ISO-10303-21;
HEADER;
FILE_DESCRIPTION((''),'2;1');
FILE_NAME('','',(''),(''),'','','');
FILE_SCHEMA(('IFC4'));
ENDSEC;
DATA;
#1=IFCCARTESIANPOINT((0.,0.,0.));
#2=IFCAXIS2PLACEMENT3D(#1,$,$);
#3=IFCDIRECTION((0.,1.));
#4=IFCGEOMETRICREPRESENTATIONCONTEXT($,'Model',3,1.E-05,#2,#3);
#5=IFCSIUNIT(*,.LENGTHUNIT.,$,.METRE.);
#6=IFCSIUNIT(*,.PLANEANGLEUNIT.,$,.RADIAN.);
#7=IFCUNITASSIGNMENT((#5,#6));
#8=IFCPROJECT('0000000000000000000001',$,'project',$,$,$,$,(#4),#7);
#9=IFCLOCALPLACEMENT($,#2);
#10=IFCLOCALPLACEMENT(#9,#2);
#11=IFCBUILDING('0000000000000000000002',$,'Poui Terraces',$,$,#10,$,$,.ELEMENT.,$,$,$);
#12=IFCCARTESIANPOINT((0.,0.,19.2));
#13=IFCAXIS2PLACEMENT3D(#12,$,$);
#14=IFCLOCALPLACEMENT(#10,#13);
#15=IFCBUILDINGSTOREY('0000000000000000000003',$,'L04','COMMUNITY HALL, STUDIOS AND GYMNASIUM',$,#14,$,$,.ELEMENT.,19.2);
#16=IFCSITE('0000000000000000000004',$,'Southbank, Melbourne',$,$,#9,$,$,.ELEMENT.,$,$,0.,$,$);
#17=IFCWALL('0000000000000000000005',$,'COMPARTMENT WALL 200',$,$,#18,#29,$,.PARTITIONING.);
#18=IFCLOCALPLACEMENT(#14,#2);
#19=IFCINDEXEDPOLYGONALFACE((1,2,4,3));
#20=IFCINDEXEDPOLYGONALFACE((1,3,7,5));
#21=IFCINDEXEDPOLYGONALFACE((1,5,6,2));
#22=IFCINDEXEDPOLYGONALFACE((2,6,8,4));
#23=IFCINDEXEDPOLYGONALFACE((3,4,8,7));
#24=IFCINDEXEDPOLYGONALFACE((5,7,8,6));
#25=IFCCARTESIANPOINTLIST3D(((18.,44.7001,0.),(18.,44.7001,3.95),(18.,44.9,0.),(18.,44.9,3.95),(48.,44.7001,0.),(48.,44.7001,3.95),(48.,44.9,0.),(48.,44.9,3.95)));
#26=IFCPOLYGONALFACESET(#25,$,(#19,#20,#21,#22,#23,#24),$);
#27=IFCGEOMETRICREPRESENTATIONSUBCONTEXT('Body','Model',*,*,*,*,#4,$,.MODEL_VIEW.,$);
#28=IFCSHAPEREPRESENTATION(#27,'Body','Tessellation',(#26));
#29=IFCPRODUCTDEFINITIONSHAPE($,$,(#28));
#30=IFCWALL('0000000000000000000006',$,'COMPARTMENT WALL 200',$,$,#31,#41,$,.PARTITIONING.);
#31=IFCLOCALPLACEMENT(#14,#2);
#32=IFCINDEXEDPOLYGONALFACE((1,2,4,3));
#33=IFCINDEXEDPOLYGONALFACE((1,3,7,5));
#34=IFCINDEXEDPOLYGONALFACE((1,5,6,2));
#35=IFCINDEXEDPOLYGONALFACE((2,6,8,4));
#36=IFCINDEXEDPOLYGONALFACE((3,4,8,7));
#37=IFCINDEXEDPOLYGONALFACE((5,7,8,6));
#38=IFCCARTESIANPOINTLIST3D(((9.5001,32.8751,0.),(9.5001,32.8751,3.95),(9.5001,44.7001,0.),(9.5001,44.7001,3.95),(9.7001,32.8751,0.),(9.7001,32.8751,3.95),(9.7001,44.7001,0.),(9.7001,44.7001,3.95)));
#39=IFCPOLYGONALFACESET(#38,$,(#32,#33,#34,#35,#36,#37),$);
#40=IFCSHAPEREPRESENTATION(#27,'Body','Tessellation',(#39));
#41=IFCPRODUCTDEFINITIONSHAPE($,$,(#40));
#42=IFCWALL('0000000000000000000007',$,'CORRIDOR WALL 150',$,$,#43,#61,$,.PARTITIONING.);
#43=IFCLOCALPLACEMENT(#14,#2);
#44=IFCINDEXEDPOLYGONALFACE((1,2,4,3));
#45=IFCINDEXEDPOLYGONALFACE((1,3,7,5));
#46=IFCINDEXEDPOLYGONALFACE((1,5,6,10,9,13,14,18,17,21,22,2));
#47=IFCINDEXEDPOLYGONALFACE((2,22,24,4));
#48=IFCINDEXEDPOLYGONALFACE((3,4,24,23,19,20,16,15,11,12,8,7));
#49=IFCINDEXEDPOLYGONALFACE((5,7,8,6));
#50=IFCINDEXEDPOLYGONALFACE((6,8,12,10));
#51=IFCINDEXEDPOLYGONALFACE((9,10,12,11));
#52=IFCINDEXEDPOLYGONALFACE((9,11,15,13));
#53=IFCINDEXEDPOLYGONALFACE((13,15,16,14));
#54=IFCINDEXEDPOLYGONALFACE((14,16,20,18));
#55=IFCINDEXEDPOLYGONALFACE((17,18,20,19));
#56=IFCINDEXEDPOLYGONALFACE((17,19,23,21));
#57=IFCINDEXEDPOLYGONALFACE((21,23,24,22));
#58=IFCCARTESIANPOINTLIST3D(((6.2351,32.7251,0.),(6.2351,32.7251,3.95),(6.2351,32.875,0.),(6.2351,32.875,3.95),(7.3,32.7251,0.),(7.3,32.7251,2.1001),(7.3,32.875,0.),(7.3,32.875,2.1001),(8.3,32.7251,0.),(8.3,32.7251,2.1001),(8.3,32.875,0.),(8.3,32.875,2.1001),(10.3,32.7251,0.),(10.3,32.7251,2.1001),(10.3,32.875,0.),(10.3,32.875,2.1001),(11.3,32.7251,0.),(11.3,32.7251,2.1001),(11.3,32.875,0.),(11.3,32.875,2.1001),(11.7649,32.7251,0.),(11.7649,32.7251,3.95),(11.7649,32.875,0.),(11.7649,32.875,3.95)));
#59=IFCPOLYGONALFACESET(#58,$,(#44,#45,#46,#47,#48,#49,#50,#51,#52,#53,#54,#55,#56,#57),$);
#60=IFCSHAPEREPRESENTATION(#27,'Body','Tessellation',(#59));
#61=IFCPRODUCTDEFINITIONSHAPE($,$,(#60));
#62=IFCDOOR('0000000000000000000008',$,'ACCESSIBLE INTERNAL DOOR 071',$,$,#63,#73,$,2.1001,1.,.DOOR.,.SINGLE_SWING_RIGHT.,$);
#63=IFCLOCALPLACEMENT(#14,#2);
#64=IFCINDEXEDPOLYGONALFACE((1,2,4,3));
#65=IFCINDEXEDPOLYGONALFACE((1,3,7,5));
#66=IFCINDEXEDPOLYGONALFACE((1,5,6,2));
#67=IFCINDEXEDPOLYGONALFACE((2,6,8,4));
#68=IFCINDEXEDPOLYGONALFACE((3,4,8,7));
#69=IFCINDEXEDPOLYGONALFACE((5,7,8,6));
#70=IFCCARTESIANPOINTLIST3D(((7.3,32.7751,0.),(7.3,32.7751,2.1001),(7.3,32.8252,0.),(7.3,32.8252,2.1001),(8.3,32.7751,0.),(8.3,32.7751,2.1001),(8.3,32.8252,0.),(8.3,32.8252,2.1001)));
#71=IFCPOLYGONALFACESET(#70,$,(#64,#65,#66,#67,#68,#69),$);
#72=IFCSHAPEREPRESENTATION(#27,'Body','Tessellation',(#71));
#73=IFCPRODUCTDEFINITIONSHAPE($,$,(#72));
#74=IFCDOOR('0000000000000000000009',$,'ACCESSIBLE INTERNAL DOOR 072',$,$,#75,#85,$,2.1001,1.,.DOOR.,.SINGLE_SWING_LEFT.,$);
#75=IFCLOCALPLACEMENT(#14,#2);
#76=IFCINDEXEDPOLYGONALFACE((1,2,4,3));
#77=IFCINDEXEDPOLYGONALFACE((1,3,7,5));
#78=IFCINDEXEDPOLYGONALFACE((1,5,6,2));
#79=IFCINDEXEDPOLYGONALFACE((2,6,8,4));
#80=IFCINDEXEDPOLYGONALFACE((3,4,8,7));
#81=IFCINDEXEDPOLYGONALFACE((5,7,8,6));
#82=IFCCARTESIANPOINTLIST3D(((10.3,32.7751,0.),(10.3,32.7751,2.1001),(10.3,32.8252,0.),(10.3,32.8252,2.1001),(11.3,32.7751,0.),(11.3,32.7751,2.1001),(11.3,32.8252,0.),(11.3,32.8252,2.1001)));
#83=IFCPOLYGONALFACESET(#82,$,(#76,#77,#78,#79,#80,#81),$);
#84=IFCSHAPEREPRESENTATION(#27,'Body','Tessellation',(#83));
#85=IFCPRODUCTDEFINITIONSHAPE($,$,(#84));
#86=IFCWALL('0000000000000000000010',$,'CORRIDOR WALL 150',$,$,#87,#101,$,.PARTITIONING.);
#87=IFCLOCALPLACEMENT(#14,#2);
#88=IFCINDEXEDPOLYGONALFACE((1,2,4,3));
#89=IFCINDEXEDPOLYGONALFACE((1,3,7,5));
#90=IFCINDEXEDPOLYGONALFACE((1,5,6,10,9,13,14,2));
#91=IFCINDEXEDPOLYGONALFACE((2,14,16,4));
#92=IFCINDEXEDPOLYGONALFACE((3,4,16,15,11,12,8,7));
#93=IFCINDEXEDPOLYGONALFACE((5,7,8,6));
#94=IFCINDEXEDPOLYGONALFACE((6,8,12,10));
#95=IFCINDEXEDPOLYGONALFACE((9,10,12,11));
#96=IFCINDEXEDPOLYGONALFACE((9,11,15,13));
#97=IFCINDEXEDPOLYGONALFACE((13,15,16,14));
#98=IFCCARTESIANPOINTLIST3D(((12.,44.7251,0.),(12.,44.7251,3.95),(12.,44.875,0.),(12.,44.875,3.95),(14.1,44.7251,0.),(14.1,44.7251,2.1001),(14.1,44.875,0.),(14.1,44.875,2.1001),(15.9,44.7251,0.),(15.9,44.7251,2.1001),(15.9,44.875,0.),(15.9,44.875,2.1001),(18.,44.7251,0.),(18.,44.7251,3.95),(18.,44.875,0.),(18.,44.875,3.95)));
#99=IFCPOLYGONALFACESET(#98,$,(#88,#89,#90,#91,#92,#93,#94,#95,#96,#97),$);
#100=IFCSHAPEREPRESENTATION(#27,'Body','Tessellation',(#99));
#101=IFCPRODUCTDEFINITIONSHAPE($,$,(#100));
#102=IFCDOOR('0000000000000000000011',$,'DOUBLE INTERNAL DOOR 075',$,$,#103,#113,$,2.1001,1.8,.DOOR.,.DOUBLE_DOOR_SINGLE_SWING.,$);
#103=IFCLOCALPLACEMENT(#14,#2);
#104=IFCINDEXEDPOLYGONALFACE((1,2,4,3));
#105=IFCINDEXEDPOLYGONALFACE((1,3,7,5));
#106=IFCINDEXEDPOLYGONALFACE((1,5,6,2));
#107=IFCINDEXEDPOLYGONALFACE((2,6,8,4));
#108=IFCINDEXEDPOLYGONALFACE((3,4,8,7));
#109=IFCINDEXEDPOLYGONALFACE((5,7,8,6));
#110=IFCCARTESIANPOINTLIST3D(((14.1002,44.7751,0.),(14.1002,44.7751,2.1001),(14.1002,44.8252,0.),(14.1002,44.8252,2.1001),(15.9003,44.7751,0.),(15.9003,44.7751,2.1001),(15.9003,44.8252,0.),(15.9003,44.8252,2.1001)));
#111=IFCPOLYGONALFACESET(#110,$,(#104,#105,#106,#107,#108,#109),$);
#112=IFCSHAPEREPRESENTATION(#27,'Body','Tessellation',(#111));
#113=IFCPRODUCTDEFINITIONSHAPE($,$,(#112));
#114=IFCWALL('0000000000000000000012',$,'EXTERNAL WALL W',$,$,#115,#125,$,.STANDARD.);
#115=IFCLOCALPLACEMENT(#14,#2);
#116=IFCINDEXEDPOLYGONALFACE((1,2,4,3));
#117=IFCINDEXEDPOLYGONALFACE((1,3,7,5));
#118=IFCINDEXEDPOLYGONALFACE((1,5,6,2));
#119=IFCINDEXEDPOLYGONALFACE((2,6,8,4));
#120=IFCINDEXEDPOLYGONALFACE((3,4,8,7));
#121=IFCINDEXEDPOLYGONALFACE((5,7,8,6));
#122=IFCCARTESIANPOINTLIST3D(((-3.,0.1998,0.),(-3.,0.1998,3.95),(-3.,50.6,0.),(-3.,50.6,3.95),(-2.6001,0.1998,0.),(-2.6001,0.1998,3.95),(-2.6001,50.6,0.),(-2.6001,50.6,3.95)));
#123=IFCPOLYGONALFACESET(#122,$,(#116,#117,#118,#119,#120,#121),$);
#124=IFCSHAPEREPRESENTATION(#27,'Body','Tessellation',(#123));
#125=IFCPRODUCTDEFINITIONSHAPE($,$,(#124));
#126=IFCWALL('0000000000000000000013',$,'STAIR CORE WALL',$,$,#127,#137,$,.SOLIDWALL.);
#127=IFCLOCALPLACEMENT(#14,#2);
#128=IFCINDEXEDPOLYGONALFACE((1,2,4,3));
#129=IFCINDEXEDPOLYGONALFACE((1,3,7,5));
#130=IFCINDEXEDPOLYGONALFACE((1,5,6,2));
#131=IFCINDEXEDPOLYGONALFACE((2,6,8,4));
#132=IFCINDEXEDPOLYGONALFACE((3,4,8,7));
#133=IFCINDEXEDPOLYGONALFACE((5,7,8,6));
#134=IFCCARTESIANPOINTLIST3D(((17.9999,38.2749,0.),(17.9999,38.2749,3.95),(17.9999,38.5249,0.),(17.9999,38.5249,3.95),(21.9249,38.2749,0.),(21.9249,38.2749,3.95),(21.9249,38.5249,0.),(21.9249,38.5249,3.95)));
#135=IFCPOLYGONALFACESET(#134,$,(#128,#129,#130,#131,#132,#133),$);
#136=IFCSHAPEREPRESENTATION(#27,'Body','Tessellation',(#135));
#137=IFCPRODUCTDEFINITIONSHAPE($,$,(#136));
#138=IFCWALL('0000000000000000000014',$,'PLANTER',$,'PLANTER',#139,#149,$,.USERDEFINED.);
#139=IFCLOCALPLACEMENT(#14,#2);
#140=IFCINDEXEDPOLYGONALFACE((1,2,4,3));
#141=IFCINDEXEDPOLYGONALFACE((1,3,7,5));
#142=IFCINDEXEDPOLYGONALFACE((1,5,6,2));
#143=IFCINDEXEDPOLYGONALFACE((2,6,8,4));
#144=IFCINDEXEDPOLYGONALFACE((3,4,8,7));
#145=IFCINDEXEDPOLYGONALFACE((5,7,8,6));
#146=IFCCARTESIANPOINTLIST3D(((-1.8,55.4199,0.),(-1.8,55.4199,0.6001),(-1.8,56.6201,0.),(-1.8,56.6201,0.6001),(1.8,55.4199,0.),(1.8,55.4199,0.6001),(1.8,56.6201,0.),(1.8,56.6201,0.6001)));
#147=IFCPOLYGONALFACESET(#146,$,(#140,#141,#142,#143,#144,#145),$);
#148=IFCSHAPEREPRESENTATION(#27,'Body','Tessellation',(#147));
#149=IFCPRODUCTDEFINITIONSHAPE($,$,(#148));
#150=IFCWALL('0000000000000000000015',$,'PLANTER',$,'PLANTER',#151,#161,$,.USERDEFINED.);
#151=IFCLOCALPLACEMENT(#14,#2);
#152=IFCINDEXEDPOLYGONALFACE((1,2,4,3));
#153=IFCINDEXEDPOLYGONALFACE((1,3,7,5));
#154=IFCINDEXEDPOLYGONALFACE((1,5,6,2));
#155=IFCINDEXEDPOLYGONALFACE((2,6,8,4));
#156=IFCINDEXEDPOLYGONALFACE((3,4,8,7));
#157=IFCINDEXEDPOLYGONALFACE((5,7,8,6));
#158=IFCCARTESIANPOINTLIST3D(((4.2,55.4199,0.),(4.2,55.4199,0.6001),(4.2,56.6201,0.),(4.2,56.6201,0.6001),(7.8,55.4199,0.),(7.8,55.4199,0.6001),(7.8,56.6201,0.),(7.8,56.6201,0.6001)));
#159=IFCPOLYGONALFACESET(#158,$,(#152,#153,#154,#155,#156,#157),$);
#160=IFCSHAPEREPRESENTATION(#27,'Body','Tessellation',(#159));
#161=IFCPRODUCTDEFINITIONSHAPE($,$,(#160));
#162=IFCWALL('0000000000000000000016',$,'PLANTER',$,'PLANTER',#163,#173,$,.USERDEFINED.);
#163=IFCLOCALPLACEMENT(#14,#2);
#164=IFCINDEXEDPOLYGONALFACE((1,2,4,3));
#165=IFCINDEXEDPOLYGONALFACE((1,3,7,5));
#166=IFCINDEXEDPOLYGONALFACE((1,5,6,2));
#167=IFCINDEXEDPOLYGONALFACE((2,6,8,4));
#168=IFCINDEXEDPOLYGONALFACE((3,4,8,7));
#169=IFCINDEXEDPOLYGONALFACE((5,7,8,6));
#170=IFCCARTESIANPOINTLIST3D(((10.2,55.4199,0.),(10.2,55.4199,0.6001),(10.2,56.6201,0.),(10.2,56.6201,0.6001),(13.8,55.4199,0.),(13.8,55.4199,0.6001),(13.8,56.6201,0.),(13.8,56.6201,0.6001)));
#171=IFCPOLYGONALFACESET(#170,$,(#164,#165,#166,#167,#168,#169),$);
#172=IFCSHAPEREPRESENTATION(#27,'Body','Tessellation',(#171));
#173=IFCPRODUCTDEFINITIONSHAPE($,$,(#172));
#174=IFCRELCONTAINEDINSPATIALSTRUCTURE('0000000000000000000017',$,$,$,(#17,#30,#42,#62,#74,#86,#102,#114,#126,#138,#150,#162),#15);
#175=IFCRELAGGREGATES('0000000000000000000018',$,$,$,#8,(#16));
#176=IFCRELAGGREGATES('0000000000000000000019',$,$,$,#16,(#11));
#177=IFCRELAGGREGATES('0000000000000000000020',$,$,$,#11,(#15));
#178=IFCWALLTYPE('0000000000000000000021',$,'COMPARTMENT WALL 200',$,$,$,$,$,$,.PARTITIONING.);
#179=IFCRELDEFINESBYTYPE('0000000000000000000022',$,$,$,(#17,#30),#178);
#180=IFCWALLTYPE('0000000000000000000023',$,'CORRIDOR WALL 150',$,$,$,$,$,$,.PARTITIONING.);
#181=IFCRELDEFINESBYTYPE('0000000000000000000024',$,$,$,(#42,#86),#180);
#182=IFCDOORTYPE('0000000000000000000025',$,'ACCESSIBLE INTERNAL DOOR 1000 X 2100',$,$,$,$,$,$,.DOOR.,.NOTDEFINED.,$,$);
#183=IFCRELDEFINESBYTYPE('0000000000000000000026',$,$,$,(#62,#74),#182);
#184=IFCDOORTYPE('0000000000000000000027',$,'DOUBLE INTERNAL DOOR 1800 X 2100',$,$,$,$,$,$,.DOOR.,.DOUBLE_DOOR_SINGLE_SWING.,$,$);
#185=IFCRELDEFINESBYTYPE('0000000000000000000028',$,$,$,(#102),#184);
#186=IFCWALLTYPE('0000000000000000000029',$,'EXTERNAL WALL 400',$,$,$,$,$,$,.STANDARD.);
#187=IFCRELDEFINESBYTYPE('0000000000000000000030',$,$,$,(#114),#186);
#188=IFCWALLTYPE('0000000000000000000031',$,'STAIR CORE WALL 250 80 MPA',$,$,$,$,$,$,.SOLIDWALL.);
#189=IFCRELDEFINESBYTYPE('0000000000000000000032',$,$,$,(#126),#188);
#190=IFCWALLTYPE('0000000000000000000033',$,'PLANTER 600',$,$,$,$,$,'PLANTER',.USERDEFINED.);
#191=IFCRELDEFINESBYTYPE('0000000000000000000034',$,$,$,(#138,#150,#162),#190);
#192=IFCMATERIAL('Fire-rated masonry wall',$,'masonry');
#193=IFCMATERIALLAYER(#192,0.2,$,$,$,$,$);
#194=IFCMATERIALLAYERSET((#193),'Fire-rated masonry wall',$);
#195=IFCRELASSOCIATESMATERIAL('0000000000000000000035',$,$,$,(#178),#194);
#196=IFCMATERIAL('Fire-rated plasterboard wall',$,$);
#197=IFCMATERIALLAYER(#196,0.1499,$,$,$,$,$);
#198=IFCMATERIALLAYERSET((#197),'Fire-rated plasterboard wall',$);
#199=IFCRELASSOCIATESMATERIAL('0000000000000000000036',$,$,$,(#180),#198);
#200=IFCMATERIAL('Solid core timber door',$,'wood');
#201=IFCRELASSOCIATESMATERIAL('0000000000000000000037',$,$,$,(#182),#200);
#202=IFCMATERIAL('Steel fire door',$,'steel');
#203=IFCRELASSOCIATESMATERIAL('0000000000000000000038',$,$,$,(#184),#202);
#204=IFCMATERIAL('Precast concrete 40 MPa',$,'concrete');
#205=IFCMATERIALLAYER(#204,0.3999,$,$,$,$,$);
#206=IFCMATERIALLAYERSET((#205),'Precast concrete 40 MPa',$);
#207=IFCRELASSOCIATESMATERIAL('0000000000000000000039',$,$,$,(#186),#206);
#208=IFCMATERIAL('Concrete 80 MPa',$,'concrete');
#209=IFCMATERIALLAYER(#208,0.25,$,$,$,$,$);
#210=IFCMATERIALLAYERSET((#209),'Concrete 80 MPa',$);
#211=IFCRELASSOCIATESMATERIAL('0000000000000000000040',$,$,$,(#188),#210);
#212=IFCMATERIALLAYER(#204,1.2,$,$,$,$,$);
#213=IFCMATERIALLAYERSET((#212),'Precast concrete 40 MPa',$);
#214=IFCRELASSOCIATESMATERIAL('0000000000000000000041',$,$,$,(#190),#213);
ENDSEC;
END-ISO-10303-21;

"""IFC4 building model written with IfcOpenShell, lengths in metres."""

from ifc_helpers import new_model, si_unit, direction, frame, frame_2d, origin, place, context, subcontext, project, spatial, polyline, rectangle, outline, extrude, source, transform, mapped, material, layer, layer_set, type_object, element, fill, save


model = new_model("IFC4")

# Units and contexts
model_context = context("Model", 3, precision=1e-05, world=origin(), true_north=direction((0.0, 1.0)))
body_context = subcontext(model_context, "Body", "Model", "MODEL_VIEW")
ifc_project = project(units=[si_unit("LENGTHUNIT", "METRE"), si_unit("PLANEANGLEUNIT", "RADIAN")], contexts=[model_context])

# Site, building, storey
site_placement = place(None, origin())
site = spatial("IfcSite", under=ifc_project, at=site_placement, Name="Southbank, Melbourne", CompositionType="ELEMENT", RefElevation=0.0)
building_placement = place(site_placement, origin())
building = spatial("IfcBuilding", under=site, at=building_placement, Name="Poui Terraces", CompositionType="ELEMENT")
storey_placement = place(building_placement, frame((0.0, 0.0, 19.2)))
storey = spatial("IfcBuildingStorey", under=building, at=storey_placement, Name="L04", Description="COMMUNITY HALL, STUDIOS AND GYMNASIUM", CompositionType="ELEMENT", Elevation=19.2)

# Shared definitions
ifc_material_1 = material(Name="Concrete 80 MPa", Category="concrete")

# Walls
ifc_material_2 = material(Name="Fire-rated masonry wall", Category="masonry")
ifc_layer_1 = layer(ifc_material_2, 0.2)
ifc_layer_set_1 = layer_set([ifc_layer_1], Name="Fire-rated masonry wall")
wall_type_1 = type_object("IfcWallType", Name="COMPARTMENT WALL 200", PredefinedType="PARTITIONING", material=ifc_layer_set_1)
wall_1_placement = place(storey_placement, frame((18.0, 44.8, 0.0), z_axis=(0.0, 0.0, 1.0), x_axis=(1.0, 0.0, 0.0)))
element("IfcWall", 1, at=wall_1_placement, inside=storey, type_object=wall_type_1, Name="COMPARTMENT WALL 200", PredefinedType="PARTITIONING", context=body_context, shape_type="SweptSolid", body=[
    extrude(rectangle(XDim=30.0, YDim=0.2, at=frame_2d((15.0, 0.0))), origin(), (0.0, 0.0, 1.0), 3.95),
])
wall_2_placement = place(storey_placement, frame((9.6001, 32.875, 0.0), z_axis=(0.0, 0.0, 1.0), x_axis=(0.0, 1.0, 0.0)))
element("IfcWall", 2, at=wall_2_placement, inside=storey, type_object=wall_type_1, Name="COMPARTMENT WALL 200", PredefinedType="PARTITIONING", context=body_context, shape_type="SweptSolid", body=[
    extrude(rectangle(XDim=11.825, YDim=0.2, at=frame_2d((5.9126, 0.0))), origin(), (0.0, 0.0, 1.0), 3.95),
])

# Wall, openings, doors
ifc_material_3 = material(Name="Fire-rated plasterboard wall")
ifc_layer_2 = layer(ifc_material_3, 0.1499)
ifc_layer_set_2 = layer_set([ifc_layer_2], Name="Fire-rated plasterboard wall")
wall_type_2 = type_object("IfcWallType", Name="CORRIDOR WALL 150", PredefinedType="PARTITIONING", material=ifc_layer_set_2)
wall_3_placement = place(storey_placement, frame((6.2351, 32.8, 0.0), z_axis=(0.0, 0.0, 1.0), x_axis=(1.0, 0.0, 0.0)))
wall_3 = element("IfcWall", 3, at=wall_3_placement, inside=storey, type_object=wall_type_2, Name="CORRIDOR WALL 150", PredefinedType="PARTITIONING", context=body_context, shape_type="SweptSolid", body=[
    extrude(rectangle(XDim=5.5298, YDim=0.1499, at=frame_2d((2.7649, 0.0))), origin(), (0.0, 0.0, 1.0), 3.95),
])
opening_1_placement = place(wall_3_placement, frame((1.0649, 0.0, 0.0)))
opening_1 = element("IfcOpeningElement", 4, at=opening_1_placement, cuts=wall_3, PredefinedType="OPENING", context=body_context, shape_type="SweptSolid", body=[
    extrude(rectangle(XDim=1.0, YDim=2.1001, at=frame_2d((0.5, 1.05))), frame((0.0, 0.085, 0.0), z_axis=(0.0, -1.0, 0.0), x_axis=(1.0, 0.0, 0.0)), (0.0, 0.0, 1.0), 0.1699),
])
opening_2_placement = place(wall_3_placement, frame((4.0649, 0.0, 0.0)))
opening_2 = element("IfcOpeningElement", 5, at=opening_2_placement, cuts=wall_3, PredefinedType="OPENING", context=body_context, shape_type="SweptSolid", body=[
    extrude(rectangle(XDim=1.0, YDim=2.1001, at=frame_2d((0.5, 1.05))), frame((0.0, 0.085, 0.0), z_axis=(0.0, -1.0, 0.0), x_axis=(1.0, 0.0, 0.0)), (0.0, 0.0, 1.0), 0.1699),
])
ifc_material_4 = material(Name="Solid core timber door", Category="wood")
door_type_1 = type_object("IfcDoorType", Name="ACCESSIBLE INTERNAL DOOR 1000 X 2100", OperationType="NOTDEFINED", PredefinedType="DOOR", material=ifc_material_4)
door_1_placement = place(opening_1_placement, frame((1.0, 0.0, 0.0), z_axis=(0.0, 0.0, 1.0), x_axis=(-1.0, 0.0, 0.0)))
door_1 = element("IfcDoor", 6, at=door_1_placement, inside=storey, type_object=door_type_1, Name="ACCESSIBLE INTERNAL DOOR 071", OperationType="SINGLE_SWING_RIGHT", OverallHeight=2.1001, OverallWidth=1.0, PredefinedType="DOOR", context=body_context, shape_type="SweptSolid", body=[
    extrude(rectangle(XDim=1.0, YDim=2.1001, at=frame_2d((0.5, 1.05))), frame((0.0, 0.0249, 0.0), z_axis=(0.0, -1.0, 0.0), x_axis=(1.0, 0.0, 0.0)), (0.0, 0.0, 1.0), 0.05),
])
fill(opening_1, door_1)
door_2_placement = place(opening_2_placement, frame((1.0, 0.0, 0.0), z_axis=(0.0, 0.0, 1.0), x_axis=(-1.0, 0.0, 0.0)))
door_2 = element("IfcDoor", 7, at=door_2_placement, inside=storey, type_object=door_type_1, Name="ACCESSIBLE INTERNAL DOOR 072", OperationType="SINGLE_SWING_LEFT", OverallHeight=2.1001, OverallWidth=1.0, PredefinedType="DOOR", context=body_context, shape_type="SweptSolid", body=[
    extrude(rectangle(XDim=1.0, YDim=2.1001, at=frame_2d((0.5, 1.05))), frame((0.0, 0.0249, 0.0), z_axis=(0.0, -1.0, 0.0), x_axis=(1.0, 0.0, 0.0)), (0.0, 0.0, 1.0), 0.05),
])
fill(opening_2, door_2)

# Wall, opening, door
wall_4_placement = place(storey_placement, frame((12.0, 44.8, 0.0), z_axis=(0.0, 0.0, 1.0), x_axis=(1.0, 0.0, 0.0)))
wall_4 = element("IfcWall", 8, at=wall_4_placement, inside=storey, type_object=wall_type_2, Name="CORRIDOR WALL 150", PredefinedType="PARTITIONING", context=body_context, shape_type="SweptSolid", body=[
    extrude(rectangle(XDim=6.0, YDim=0.1499, at=frame_2d((3.0, 0.0))), origin(), (0.0, 0.0, 1.0), 3.95),
])
opening_3_placement = place(wall_4_placement, frame((2.1001, 0.0, 0.0)))
opening_3 = element("IfcOpeningElement", 9, at=opening_3_placement, cuts=wall_4, PredefinedType="OPENING", context=body_context, shape_type="SweptSolid", body=[
    extrude(rectangle(XDim=1.8, YDim=2.1001, at=frame_2d((0.8999, 1.05))), frame((0.0, 0.085, 0.0), z_axis=(0.0, -1.0, 0.0), x_axis=(1.0, 0.0, 0.0)), (0.0, 0.0, 1.0), 0.1699),
])
ifc_material_5 = material(Name="Steel fire door", Category="steel")
door_type_2 = type_object("IfcDoorType", Name="DOUBLE INTERNAL DOOR 1800 X 2100", OperationType="DOUBLE_DOOR_SINGLE_SWING", PredefinedType="DOOR", material=ifc_material_5)
door_3_placement = place(opening_3_placement, frame((1.8, 0.0, 0.0), z_axis=(0.0, 0.0, 1.0), x_axis=(-1.0, 0.0, 0.0)))
door_3 = element("IfcDoor", 10, at=door_3_placement, inside=storey, type_object=door_type_2, Name="DOUBLE INTERNAL DOOR 075", OperationType="DOUBLE_DOOR_SINGLE_SWING", OverallHeight=2.1001, OverallWidth=1.8, PredefinedType="DOOR", context=body_context, shape_type="SweptSolid", body=[
    extrude(rectangle(XDim=1.8, YDim=2.1001, at=frame_2d((0.8999, 1.05))), frame((0.0, 0.0249, 0.0), z_axis=(0.0, -1.0, 0.0), x_axis=(1.0, 0.0, 0.0)), (0.0, 0.0, 1.0), 0.05),
])
fill(opening_3, door_3)

# Walls
ifc_material_6 = material(Name="Precast concrete 40 MPa", Category="concrete")
ifc_layer_3 = layer(ifc_material_6, 0.3999)
ifc_layer_set_3 = layer_set([ifc_layer_3], Name="Precast concrete 40 MPa")
wall_type_3 = type_object("IfcWallType", Name="EXTERNAL WALL 400", PredefinedType="STANDARD", material=ifc_layer_set_3)
wall_5_placement = place(storey_placement, frame((-2.8, 50.6001, 0.0), z_axis=(0.0, 0.0, 1.0), x_axis=(0.0, -1.0, 0.0)))
element("IfcWall", 11, at=wall_5_placement, inside=storey, type_object=wall_type_3, Name="EXTERNAL WALL W", PredefinedType="STANDARD", context=body_context, shape_type="SweptSolid", body=[
    extrude(rectangle(XDim=50.4001, YDim=0.3999, at=frame_2d((25.2002, 0.0))), origin(), (0.0, 0.0, 1.0), 3.95),
])
ifc_layer_4 = layer(ifc_material_1, 0.25)
ifc_layer_set_4 = layer_set([ifc_layer_4], Name="Concrete 80 MPa")
wall_type_4 = type_object("IfcWallType", Name="STAIR CORE WALL 250 80 MPA", PredefinedType="SOLIDWALL", material=ifc_layer_set_4)
wall_6_placement = place(storey_placement, frame((18.0, 38.3999, 0.0), z_axis=(0.0, 0.0, 1.0), x_axis=(1.0, 0.0, 0.0)))
element("IfcWall", 12, at=wall_6_placement, inside=storey, type_object=wall_type_4, Name="STAIR CORE WALL", PredefinedType="SOLIDWALL", context=body_context, shape_type="SweptSolid", body=[
    extrude(rectangle(XDim=3.925, YDim=0.25, at=frame_2d((1.9624, 0.0))), origin(), (0.0, 0.0, 1.0), 3.95),
])
ifc_layer_5 = layer(ifc_material_6, 1.2)
ifc_layer_set_5 = layer_set([ifc_layer_5], Name="Precast concrete 40 MPa")
wall_type_5 = type_object("IfcWallType", Name="PLANTER 600", ElementType="PLANTER", PredefinedType="USERDEFINED", material=ifc_layer_set_5)
shared_shape_1 = source(origin(), body_context, "Body", "SweptSolid", [
    extrude(outline(polyline([(0.0, 0.0), (3.6001, 0.0), (3.6001, 1.2002), (0.0, 1.2002), (0.0, 0.0)])), origin(), (0.0, 0.0, 1.0), 0.6001),
])
for number, where, name in (
    (13, (-1.8, 55.4199, 0.0), "PLANTER"),
    (14, (4.2, 55.4199, 0.0), "PLANTER"),
    (15, (10.2, 55.4199, 0.0), "PLANTER"),
):
    element("IfcWall", number, at=place(storey_placement, frame(where)), inside=storey, type_object=wall_type_5, Name=name, ObjectType="PLANTER", PredefinedType="USERDEFINED", context=body_context, shape_type="MappedRepresentation", body=[
        mapped(shared_shape_1, transform((0.0, 0.0, 0.0))),
    ])

save(model, "model.ifc")
